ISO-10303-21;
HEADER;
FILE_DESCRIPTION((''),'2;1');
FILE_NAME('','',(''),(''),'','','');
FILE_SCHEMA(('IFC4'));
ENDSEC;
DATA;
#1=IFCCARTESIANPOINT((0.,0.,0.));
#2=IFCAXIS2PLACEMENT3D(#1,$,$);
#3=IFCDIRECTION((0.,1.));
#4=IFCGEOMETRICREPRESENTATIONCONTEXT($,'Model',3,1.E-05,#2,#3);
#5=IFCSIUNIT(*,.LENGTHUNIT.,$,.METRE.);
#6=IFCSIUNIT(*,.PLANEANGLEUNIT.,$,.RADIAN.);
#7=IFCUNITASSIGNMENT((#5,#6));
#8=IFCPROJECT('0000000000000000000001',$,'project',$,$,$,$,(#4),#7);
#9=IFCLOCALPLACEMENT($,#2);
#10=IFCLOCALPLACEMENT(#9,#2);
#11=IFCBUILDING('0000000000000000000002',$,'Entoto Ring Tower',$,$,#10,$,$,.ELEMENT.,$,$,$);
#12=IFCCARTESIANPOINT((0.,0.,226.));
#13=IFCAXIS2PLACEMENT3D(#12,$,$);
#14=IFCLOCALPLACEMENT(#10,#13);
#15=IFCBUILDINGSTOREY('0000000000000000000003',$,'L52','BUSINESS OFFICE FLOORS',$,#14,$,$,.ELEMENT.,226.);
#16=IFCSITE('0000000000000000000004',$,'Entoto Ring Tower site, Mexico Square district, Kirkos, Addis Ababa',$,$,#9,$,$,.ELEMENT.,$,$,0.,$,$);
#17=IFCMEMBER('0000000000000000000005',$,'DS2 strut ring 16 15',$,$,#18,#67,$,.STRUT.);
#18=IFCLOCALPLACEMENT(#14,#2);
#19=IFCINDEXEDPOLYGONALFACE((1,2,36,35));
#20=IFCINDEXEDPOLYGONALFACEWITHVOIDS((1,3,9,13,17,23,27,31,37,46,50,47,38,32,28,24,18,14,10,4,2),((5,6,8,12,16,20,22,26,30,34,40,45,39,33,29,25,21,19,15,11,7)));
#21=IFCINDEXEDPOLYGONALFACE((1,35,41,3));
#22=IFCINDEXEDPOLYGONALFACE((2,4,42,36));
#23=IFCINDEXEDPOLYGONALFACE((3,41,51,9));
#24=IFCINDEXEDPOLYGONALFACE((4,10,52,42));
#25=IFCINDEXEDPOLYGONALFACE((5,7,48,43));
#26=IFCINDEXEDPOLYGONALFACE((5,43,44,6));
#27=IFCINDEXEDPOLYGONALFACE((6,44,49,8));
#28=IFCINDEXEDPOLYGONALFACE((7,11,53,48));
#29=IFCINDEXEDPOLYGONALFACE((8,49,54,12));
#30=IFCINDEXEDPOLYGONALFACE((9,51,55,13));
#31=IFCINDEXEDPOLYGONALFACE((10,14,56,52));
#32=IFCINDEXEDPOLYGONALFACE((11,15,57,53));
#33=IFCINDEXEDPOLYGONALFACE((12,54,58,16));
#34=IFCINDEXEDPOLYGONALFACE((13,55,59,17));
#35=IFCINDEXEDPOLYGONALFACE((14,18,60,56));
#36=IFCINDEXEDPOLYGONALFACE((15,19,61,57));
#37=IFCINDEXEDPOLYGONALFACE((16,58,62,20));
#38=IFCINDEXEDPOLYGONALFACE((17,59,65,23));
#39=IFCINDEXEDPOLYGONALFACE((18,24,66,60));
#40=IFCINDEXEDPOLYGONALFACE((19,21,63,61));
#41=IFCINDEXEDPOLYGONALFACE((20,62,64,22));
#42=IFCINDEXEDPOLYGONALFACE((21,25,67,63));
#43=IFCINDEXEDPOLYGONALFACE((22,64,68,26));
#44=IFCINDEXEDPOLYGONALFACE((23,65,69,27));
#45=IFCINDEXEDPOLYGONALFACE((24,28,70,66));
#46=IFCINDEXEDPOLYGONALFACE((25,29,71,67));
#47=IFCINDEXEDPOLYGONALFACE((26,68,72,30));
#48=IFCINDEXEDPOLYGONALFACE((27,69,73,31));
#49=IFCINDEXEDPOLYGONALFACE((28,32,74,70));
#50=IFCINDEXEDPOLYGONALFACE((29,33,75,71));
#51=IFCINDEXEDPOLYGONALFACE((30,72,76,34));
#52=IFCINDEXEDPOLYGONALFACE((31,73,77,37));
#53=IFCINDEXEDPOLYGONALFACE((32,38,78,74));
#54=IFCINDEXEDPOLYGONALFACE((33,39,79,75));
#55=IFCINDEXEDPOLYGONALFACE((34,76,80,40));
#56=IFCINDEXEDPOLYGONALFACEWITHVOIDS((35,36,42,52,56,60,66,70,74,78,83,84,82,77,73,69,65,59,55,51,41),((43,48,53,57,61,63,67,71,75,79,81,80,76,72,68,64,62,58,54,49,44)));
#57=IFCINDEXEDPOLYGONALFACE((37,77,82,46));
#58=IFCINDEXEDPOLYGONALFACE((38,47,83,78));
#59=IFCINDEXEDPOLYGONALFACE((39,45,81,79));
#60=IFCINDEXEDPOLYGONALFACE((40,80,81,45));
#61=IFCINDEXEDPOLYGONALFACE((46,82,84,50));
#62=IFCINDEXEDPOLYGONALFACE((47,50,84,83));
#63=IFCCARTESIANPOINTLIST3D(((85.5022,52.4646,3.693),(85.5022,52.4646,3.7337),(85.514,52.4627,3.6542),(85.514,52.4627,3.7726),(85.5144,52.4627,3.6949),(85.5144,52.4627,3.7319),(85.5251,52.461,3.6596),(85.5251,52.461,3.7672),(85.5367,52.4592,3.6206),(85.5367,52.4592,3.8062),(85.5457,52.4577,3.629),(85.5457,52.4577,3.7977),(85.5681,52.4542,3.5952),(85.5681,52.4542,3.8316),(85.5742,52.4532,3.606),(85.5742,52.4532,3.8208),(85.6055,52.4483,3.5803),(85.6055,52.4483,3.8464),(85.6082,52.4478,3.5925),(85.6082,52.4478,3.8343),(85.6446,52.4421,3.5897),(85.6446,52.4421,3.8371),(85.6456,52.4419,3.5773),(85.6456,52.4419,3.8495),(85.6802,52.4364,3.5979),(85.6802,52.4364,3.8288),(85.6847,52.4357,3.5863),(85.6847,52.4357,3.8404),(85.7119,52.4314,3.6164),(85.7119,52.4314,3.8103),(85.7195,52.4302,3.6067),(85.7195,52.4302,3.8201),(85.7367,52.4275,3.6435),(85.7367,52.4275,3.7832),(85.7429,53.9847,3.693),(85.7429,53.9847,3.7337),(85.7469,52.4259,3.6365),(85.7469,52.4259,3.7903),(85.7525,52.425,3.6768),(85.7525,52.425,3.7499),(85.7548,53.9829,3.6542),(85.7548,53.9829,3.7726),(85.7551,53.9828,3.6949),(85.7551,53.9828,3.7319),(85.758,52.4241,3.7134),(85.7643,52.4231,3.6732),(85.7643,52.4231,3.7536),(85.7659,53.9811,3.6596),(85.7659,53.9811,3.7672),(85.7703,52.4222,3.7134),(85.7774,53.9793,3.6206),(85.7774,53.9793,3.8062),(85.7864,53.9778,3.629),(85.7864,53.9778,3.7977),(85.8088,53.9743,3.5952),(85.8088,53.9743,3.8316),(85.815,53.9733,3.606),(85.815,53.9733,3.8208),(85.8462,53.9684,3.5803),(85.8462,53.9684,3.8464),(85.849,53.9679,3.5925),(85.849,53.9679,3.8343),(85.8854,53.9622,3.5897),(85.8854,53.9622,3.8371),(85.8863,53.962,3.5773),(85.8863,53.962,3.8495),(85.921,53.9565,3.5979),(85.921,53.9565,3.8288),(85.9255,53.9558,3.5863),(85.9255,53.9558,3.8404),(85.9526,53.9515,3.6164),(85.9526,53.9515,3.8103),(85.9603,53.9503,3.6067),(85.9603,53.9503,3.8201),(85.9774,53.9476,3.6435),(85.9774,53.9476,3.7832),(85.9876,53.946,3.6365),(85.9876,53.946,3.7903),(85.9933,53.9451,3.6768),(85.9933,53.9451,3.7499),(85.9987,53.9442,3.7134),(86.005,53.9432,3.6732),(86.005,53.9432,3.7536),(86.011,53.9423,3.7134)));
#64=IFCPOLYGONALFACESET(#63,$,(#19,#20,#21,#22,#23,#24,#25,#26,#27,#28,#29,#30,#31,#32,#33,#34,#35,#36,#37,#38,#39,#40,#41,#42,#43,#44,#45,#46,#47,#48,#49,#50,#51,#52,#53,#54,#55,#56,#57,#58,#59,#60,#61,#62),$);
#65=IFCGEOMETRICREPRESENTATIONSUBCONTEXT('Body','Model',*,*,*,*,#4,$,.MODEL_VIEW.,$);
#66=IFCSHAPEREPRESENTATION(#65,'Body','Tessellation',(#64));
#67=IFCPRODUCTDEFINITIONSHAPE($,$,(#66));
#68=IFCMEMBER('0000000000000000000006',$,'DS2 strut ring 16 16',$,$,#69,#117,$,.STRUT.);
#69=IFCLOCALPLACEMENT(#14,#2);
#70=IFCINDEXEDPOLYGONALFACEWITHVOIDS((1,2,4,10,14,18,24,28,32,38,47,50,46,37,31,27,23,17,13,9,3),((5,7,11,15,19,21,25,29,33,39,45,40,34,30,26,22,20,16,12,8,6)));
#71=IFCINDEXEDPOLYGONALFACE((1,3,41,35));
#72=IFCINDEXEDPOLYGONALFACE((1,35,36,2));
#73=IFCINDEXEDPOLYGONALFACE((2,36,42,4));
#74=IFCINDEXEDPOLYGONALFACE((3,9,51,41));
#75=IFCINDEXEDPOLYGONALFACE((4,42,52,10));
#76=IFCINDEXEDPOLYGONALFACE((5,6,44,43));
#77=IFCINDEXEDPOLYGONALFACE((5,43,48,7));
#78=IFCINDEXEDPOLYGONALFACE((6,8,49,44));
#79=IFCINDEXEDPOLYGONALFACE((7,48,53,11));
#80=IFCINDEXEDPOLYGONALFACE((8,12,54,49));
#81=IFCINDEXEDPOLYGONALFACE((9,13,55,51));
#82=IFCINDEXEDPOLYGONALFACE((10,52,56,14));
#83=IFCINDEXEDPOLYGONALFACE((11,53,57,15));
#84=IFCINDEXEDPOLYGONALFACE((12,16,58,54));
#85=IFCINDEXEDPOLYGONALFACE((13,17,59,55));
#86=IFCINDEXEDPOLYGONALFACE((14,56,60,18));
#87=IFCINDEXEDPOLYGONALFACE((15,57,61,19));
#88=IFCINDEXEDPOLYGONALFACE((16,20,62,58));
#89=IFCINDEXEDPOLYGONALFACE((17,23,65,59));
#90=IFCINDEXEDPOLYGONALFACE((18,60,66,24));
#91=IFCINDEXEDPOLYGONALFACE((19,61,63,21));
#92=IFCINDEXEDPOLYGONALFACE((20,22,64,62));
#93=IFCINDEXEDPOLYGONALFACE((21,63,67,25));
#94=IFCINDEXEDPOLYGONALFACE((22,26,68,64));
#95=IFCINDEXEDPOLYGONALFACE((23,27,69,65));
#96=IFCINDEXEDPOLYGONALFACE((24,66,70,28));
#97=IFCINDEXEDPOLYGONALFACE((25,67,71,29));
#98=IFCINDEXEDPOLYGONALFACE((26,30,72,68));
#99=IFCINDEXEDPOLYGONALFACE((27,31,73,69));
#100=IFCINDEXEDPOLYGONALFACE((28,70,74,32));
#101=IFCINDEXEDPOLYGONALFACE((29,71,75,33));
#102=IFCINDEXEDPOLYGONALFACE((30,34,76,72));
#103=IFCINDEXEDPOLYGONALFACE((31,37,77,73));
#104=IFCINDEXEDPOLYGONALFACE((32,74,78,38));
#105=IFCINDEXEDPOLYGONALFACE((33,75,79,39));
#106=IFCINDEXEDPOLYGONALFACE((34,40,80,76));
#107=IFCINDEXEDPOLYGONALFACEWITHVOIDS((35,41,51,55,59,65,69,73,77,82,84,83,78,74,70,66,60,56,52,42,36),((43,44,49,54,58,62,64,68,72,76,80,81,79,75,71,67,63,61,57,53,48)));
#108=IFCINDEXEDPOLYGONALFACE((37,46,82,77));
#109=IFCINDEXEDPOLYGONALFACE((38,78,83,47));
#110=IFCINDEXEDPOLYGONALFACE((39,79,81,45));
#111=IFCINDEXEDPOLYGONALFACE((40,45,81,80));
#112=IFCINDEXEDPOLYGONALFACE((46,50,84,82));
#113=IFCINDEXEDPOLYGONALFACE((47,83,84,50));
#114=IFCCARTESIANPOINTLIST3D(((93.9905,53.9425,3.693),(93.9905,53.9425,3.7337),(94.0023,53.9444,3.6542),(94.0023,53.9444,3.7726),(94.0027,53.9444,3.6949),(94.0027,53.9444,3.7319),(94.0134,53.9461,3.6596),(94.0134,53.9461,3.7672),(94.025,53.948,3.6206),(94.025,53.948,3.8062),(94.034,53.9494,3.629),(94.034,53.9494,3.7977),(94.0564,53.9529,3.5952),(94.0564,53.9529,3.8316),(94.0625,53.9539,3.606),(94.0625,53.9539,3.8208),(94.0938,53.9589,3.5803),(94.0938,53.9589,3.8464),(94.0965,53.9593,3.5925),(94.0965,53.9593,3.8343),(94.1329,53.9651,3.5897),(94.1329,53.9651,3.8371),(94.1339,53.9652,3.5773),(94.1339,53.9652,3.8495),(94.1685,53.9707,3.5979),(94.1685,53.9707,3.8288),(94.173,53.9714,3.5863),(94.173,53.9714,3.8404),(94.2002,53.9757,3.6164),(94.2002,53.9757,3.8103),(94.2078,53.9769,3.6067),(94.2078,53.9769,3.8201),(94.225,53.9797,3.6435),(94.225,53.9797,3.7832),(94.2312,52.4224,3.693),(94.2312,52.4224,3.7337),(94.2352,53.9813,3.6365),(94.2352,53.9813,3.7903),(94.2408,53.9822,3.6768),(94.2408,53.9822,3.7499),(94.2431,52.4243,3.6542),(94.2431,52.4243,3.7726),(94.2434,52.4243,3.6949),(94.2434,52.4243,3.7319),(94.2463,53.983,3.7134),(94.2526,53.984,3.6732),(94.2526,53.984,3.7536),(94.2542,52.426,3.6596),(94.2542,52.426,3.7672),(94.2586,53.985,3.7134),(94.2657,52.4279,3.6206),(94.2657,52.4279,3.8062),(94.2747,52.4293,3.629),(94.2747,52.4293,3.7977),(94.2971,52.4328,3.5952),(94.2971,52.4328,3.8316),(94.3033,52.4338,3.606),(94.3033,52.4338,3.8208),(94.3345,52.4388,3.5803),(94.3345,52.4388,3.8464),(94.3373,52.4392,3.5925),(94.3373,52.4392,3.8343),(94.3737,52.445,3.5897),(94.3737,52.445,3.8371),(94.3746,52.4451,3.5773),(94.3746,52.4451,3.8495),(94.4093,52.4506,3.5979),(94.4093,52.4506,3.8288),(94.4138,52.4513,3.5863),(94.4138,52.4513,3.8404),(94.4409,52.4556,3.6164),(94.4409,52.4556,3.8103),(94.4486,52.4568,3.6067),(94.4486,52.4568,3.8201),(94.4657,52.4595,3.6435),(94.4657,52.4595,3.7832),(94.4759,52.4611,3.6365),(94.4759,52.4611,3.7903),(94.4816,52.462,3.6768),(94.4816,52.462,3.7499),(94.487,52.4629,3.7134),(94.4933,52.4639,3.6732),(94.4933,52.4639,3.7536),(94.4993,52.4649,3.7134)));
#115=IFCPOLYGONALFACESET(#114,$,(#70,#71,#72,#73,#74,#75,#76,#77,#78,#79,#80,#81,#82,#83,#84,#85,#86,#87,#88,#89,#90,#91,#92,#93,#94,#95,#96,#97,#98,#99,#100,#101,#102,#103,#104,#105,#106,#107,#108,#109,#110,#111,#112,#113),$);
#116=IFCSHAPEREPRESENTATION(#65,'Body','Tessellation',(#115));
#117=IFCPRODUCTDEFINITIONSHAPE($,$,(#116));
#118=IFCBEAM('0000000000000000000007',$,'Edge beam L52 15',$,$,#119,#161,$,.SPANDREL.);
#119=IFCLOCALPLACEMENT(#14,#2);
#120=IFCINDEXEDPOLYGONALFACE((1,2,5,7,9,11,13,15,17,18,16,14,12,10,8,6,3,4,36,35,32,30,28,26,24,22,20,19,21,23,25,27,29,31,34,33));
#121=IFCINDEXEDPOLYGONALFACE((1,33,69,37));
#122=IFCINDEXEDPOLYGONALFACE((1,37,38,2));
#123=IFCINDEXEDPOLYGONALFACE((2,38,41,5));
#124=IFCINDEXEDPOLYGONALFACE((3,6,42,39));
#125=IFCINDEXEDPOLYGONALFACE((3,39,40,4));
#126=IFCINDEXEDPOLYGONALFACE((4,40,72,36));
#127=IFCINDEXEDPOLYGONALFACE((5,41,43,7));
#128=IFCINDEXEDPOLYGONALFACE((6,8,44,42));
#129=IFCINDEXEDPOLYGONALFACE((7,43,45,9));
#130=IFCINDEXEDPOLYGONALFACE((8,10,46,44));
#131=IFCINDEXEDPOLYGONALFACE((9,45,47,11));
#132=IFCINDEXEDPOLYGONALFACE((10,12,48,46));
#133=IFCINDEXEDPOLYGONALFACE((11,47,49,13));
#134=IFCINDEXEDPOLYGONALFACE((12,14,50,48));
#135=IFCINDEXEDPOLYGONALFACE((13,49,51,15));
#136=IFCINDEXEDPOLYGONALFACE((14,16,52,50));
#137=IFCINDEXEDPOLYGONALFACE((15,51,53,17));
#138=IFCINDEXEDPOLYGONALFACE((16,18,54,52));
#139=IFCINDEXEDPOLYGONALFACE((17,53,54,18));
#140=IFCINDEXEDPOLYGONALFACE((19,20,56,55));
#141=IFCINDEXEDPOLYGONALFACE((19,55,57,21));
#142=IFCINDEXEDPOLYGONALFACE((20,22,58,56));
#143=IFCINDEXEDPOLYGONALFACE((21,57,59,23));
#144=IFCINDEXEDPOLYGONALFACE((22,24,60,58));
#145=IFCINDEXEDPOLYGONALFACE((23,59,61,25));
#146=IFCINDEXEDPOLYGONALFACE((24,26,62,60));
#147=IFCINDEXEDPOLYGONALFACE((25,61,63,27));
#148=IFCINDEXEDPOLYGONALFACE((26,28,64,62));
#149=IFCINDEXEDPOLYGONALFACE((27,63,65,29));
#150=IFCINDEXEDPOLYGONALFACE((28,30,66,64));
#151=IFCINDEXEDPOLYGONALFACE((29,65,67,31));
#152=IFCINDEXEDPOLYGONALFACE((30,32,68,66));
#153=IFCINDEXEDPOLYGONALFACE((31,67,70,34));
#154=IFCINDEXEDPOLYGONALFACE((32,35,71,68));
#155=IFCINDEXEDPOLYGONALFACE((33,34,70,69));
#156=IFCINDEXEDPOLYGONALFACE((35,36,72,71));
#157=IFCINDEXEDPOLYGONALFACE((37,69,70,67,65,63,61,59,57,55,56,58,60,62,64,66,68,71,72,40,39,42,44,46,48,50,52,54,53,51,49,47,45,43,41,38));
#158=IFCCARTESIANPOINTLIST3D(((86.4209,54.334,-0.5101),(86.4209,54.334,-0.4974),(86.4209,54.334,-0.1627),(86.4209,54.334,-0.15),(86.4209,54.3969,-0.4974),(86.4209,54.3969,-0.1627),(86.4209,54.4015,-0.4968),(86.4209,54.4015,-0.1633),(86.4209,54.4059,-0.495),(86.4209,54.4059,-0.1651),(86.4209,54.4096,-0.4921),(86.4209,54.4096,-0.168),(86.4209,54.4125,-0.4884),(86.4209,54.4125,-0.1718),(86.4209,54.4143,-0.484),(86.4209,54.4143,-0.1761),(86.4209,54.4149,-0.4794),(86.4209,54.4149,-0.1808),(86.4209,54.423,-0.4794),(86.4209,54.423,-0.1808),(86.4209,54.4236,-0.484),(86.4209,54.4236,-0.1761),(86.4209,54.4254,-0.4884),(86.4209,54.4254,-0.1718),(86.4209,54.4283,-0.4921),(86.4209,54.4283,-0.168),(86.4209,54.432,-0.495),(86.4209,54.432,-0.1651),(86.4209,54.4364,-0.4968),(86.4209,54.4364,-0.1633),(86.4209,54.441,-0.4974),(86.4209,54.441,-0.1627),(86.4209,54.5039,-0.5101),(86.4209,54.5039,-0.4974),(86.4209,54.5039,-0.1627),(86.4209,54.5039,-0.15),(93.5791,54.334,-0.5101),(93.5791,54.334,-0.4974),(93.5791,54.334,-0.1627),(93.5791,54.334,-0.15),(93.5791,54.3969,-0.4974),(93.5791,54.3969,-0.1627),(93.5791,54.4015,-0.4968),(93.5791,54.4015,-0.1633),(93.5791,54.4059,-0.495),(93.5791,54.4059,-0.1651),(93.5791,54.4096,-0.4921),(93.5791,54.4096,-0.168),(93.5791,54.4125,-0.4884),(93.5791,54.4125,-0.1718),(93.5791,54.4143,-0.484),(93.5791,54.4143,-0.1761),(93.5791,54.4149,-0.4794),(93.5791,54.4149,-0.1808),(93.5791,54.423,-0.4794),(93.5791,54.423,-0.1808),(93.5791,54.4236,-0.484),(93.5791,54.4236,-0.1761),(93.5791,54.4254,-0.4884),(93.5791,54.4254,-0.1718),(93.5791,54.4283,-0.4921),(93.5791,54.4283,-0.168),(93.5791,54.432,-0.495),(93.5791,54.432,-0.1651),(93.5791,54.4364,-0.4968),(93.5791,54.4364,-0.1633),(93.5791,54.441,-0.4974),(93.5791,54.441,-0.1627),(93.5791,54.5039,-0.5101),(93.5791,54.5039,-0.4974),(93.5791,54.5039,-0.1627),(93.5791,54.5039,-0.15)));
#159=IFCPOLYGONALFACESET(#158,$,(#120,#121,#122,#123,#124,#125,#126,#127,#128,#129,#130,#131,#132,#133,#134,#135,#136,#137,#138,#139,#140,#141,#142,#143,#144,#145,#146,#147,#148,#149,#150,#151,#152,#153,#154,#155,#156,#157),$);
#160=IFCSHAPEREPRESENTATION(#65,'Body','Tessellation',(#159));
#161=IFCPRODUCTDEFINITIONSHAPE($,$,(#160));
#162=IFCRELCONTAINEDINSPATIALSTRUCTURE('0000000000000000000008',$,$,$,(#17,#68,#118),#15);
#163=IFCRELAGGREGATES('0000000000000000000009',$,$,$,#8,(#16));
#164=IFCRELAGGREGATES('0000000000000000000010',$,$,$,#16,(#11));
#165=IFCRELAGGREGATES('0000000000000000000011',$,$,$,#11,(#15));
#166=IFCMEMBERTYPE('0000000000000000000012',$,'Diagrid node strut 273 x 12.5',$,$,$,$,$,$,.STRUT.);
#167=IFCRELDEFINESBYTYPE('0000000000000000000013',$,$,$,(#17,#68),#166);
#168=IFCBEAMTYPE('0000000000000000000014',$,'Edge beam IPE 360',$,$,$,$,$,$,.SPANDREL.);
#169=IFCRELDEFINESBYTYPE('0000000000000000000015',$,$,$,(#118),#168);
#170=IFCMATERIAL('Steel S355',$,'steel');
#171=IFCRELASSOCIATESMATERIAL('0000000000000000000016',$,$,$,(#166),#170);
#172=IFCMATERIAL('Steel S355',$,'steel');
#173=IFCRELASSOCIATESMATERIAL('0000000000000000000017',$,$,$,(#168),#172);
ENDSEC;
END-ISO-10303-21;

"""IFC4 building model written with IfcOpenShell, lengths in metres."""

from ifc_helpers import new_model, si_unit, direction, frame, origin, origin_2d, place, context, subcontext, project, spatial, circle, hollow_circle, i_section, extrude, material, material_profile, profile_set, type_object, element, save


model = new_model("IFC4")

# Units and contexts
model_context = context("Model", 3, precision=1e-05, world=origin(), true_north=direction((0.0, 1.0)))
body_context = subcontext(model_context, "Body", "Model", "MODEL_VIEW")
ifc_project = project(units=[si_unit("LENGTHUNIT", "METRE"), si_unit("PLANEANGLEUNIT", "RADIAN")], contexts=[model_context])

# Site, building, storey
site_placement = place(None, origin())
site = spatial("IfcSite", under=ifc_project, at=site_placement, Name="Entoto Ring Tower site, Mexico Square district, Kirkos, Addis Ababa", CompositionType="ELEMENT", RefElevation=0.0)
building_placement = place(site_placement, origin())
building = spatial("IfcBuilding", under=site, at=building_placement, Name="Entoto Ring Tower", CompositionType="ELEMENT")
storey_placement = place(building_placement, frame((0.0, 0.0, 226.0)))
storey = spatial("IfcBuildingStorey", under=building, at=storey_placement, Name="L52", Description="BUSINESS OFFICE FLOORS", CompositionType="ELEMENT", Elevation=226.0)

# Members
ifc_material_1 = material(Name="Steel S355", Category="steel")
ifc_material_profile_1 = material_profile(ifc_material_1, hollow_circle(Radius=0.1365, WallThickness=0.0125, at=origin_2d()), Name="CHS 273 x 12.5")
ifc_material_2 = material(Name="Concrete C60/75", Category="concrete")
ifc_material_profile_2 = material_profile(ifc_material_2, circle(Radius=0.124, at=origin_2d()), Name="Concrete C60/75 infill")
ifc_profile_set_1 = profile_set([ifc_material_profile_1, ifc_material_profile_2], Name="Steel S355")
member_type = type_object("IfcMemberType", Name="Diagrid node strut 273 x 12.5", PredefinedType="STRUT", material=ifc_profile_set_1)
for number, where, z_axis, x_axis, name in (
    (1, (85.8762, 53.9636, 3.7134), (-0.156419, -0.987691, 0.0), (0.987691, -0.156419, 0.0), "DS2 strut ring 16 15"),
    (2, (94.1238, 53.9636, 3.7134), (0.156419, -0.987691, 0.0), (0.987691, 0.156419, 0.0), "DS2 strut ring 16 16"),
):
    element("IfcMember", number, at=place(storey_placement, frame(where, z_axis=z_axis, x_axis=x_axis)), inside=storey, type_object=member_type, Name=name, PredefinedType="STRUT", context=body_context, shape_type="SweptSolid", body=[
        extrude(hollow_circle(Radius=0.1365, WallThickness=0.0125, at=origin_2d()), origin(), (0.0, 0.0, 1.0), 1.5391),
    ])

# Beam
ifc_material_3 = material(Name="Steel S355", Category="steel")
ifc_material_profile_3 = material_profile(ifc_material_3, i_section(OverallWidth=0.1699, OverallDepth=0.3601, WebThickness=0.0081, FlangeThickness=0.0127, FilletRadius=0.0181, at=origin_2d()), Name="IPE 360")
ifc_profile_set_2 = profile_set([ifc_material_profile_3], Name="Steel S355")
beam_type_1 = type_object("IfcBeamType", Name="Edge beam IPE 360", PredefinedType="SPANDREL", material=ifc_profile_set_2)
beam_1_placement = place(storey_placement, frame((86.4209, 54.4189, -0.3301), z_axis=(1.0, 0.0, 0.0), x_axis=(0.0, 1.0, 0.0)))
element("IfcBeam", 3, at=beam_1_placement, inside=storey, type_object=beam_type_1, Name="Edge beam L52 15", PredefinedType="SPANDREL", context=body_context, shape_type="SweptSolid", body=[
    extrude(i_section(OverallWidth=0.1699, OverallDepth=0.3601, WebThickness=0.0081, FlangeThickness=0.0127, FilletRadius=0.0181, at=origin_2d()), origin(), (0.0, 0.0, 1.0), 7.1582),
])

save(model, "model.ifc")
